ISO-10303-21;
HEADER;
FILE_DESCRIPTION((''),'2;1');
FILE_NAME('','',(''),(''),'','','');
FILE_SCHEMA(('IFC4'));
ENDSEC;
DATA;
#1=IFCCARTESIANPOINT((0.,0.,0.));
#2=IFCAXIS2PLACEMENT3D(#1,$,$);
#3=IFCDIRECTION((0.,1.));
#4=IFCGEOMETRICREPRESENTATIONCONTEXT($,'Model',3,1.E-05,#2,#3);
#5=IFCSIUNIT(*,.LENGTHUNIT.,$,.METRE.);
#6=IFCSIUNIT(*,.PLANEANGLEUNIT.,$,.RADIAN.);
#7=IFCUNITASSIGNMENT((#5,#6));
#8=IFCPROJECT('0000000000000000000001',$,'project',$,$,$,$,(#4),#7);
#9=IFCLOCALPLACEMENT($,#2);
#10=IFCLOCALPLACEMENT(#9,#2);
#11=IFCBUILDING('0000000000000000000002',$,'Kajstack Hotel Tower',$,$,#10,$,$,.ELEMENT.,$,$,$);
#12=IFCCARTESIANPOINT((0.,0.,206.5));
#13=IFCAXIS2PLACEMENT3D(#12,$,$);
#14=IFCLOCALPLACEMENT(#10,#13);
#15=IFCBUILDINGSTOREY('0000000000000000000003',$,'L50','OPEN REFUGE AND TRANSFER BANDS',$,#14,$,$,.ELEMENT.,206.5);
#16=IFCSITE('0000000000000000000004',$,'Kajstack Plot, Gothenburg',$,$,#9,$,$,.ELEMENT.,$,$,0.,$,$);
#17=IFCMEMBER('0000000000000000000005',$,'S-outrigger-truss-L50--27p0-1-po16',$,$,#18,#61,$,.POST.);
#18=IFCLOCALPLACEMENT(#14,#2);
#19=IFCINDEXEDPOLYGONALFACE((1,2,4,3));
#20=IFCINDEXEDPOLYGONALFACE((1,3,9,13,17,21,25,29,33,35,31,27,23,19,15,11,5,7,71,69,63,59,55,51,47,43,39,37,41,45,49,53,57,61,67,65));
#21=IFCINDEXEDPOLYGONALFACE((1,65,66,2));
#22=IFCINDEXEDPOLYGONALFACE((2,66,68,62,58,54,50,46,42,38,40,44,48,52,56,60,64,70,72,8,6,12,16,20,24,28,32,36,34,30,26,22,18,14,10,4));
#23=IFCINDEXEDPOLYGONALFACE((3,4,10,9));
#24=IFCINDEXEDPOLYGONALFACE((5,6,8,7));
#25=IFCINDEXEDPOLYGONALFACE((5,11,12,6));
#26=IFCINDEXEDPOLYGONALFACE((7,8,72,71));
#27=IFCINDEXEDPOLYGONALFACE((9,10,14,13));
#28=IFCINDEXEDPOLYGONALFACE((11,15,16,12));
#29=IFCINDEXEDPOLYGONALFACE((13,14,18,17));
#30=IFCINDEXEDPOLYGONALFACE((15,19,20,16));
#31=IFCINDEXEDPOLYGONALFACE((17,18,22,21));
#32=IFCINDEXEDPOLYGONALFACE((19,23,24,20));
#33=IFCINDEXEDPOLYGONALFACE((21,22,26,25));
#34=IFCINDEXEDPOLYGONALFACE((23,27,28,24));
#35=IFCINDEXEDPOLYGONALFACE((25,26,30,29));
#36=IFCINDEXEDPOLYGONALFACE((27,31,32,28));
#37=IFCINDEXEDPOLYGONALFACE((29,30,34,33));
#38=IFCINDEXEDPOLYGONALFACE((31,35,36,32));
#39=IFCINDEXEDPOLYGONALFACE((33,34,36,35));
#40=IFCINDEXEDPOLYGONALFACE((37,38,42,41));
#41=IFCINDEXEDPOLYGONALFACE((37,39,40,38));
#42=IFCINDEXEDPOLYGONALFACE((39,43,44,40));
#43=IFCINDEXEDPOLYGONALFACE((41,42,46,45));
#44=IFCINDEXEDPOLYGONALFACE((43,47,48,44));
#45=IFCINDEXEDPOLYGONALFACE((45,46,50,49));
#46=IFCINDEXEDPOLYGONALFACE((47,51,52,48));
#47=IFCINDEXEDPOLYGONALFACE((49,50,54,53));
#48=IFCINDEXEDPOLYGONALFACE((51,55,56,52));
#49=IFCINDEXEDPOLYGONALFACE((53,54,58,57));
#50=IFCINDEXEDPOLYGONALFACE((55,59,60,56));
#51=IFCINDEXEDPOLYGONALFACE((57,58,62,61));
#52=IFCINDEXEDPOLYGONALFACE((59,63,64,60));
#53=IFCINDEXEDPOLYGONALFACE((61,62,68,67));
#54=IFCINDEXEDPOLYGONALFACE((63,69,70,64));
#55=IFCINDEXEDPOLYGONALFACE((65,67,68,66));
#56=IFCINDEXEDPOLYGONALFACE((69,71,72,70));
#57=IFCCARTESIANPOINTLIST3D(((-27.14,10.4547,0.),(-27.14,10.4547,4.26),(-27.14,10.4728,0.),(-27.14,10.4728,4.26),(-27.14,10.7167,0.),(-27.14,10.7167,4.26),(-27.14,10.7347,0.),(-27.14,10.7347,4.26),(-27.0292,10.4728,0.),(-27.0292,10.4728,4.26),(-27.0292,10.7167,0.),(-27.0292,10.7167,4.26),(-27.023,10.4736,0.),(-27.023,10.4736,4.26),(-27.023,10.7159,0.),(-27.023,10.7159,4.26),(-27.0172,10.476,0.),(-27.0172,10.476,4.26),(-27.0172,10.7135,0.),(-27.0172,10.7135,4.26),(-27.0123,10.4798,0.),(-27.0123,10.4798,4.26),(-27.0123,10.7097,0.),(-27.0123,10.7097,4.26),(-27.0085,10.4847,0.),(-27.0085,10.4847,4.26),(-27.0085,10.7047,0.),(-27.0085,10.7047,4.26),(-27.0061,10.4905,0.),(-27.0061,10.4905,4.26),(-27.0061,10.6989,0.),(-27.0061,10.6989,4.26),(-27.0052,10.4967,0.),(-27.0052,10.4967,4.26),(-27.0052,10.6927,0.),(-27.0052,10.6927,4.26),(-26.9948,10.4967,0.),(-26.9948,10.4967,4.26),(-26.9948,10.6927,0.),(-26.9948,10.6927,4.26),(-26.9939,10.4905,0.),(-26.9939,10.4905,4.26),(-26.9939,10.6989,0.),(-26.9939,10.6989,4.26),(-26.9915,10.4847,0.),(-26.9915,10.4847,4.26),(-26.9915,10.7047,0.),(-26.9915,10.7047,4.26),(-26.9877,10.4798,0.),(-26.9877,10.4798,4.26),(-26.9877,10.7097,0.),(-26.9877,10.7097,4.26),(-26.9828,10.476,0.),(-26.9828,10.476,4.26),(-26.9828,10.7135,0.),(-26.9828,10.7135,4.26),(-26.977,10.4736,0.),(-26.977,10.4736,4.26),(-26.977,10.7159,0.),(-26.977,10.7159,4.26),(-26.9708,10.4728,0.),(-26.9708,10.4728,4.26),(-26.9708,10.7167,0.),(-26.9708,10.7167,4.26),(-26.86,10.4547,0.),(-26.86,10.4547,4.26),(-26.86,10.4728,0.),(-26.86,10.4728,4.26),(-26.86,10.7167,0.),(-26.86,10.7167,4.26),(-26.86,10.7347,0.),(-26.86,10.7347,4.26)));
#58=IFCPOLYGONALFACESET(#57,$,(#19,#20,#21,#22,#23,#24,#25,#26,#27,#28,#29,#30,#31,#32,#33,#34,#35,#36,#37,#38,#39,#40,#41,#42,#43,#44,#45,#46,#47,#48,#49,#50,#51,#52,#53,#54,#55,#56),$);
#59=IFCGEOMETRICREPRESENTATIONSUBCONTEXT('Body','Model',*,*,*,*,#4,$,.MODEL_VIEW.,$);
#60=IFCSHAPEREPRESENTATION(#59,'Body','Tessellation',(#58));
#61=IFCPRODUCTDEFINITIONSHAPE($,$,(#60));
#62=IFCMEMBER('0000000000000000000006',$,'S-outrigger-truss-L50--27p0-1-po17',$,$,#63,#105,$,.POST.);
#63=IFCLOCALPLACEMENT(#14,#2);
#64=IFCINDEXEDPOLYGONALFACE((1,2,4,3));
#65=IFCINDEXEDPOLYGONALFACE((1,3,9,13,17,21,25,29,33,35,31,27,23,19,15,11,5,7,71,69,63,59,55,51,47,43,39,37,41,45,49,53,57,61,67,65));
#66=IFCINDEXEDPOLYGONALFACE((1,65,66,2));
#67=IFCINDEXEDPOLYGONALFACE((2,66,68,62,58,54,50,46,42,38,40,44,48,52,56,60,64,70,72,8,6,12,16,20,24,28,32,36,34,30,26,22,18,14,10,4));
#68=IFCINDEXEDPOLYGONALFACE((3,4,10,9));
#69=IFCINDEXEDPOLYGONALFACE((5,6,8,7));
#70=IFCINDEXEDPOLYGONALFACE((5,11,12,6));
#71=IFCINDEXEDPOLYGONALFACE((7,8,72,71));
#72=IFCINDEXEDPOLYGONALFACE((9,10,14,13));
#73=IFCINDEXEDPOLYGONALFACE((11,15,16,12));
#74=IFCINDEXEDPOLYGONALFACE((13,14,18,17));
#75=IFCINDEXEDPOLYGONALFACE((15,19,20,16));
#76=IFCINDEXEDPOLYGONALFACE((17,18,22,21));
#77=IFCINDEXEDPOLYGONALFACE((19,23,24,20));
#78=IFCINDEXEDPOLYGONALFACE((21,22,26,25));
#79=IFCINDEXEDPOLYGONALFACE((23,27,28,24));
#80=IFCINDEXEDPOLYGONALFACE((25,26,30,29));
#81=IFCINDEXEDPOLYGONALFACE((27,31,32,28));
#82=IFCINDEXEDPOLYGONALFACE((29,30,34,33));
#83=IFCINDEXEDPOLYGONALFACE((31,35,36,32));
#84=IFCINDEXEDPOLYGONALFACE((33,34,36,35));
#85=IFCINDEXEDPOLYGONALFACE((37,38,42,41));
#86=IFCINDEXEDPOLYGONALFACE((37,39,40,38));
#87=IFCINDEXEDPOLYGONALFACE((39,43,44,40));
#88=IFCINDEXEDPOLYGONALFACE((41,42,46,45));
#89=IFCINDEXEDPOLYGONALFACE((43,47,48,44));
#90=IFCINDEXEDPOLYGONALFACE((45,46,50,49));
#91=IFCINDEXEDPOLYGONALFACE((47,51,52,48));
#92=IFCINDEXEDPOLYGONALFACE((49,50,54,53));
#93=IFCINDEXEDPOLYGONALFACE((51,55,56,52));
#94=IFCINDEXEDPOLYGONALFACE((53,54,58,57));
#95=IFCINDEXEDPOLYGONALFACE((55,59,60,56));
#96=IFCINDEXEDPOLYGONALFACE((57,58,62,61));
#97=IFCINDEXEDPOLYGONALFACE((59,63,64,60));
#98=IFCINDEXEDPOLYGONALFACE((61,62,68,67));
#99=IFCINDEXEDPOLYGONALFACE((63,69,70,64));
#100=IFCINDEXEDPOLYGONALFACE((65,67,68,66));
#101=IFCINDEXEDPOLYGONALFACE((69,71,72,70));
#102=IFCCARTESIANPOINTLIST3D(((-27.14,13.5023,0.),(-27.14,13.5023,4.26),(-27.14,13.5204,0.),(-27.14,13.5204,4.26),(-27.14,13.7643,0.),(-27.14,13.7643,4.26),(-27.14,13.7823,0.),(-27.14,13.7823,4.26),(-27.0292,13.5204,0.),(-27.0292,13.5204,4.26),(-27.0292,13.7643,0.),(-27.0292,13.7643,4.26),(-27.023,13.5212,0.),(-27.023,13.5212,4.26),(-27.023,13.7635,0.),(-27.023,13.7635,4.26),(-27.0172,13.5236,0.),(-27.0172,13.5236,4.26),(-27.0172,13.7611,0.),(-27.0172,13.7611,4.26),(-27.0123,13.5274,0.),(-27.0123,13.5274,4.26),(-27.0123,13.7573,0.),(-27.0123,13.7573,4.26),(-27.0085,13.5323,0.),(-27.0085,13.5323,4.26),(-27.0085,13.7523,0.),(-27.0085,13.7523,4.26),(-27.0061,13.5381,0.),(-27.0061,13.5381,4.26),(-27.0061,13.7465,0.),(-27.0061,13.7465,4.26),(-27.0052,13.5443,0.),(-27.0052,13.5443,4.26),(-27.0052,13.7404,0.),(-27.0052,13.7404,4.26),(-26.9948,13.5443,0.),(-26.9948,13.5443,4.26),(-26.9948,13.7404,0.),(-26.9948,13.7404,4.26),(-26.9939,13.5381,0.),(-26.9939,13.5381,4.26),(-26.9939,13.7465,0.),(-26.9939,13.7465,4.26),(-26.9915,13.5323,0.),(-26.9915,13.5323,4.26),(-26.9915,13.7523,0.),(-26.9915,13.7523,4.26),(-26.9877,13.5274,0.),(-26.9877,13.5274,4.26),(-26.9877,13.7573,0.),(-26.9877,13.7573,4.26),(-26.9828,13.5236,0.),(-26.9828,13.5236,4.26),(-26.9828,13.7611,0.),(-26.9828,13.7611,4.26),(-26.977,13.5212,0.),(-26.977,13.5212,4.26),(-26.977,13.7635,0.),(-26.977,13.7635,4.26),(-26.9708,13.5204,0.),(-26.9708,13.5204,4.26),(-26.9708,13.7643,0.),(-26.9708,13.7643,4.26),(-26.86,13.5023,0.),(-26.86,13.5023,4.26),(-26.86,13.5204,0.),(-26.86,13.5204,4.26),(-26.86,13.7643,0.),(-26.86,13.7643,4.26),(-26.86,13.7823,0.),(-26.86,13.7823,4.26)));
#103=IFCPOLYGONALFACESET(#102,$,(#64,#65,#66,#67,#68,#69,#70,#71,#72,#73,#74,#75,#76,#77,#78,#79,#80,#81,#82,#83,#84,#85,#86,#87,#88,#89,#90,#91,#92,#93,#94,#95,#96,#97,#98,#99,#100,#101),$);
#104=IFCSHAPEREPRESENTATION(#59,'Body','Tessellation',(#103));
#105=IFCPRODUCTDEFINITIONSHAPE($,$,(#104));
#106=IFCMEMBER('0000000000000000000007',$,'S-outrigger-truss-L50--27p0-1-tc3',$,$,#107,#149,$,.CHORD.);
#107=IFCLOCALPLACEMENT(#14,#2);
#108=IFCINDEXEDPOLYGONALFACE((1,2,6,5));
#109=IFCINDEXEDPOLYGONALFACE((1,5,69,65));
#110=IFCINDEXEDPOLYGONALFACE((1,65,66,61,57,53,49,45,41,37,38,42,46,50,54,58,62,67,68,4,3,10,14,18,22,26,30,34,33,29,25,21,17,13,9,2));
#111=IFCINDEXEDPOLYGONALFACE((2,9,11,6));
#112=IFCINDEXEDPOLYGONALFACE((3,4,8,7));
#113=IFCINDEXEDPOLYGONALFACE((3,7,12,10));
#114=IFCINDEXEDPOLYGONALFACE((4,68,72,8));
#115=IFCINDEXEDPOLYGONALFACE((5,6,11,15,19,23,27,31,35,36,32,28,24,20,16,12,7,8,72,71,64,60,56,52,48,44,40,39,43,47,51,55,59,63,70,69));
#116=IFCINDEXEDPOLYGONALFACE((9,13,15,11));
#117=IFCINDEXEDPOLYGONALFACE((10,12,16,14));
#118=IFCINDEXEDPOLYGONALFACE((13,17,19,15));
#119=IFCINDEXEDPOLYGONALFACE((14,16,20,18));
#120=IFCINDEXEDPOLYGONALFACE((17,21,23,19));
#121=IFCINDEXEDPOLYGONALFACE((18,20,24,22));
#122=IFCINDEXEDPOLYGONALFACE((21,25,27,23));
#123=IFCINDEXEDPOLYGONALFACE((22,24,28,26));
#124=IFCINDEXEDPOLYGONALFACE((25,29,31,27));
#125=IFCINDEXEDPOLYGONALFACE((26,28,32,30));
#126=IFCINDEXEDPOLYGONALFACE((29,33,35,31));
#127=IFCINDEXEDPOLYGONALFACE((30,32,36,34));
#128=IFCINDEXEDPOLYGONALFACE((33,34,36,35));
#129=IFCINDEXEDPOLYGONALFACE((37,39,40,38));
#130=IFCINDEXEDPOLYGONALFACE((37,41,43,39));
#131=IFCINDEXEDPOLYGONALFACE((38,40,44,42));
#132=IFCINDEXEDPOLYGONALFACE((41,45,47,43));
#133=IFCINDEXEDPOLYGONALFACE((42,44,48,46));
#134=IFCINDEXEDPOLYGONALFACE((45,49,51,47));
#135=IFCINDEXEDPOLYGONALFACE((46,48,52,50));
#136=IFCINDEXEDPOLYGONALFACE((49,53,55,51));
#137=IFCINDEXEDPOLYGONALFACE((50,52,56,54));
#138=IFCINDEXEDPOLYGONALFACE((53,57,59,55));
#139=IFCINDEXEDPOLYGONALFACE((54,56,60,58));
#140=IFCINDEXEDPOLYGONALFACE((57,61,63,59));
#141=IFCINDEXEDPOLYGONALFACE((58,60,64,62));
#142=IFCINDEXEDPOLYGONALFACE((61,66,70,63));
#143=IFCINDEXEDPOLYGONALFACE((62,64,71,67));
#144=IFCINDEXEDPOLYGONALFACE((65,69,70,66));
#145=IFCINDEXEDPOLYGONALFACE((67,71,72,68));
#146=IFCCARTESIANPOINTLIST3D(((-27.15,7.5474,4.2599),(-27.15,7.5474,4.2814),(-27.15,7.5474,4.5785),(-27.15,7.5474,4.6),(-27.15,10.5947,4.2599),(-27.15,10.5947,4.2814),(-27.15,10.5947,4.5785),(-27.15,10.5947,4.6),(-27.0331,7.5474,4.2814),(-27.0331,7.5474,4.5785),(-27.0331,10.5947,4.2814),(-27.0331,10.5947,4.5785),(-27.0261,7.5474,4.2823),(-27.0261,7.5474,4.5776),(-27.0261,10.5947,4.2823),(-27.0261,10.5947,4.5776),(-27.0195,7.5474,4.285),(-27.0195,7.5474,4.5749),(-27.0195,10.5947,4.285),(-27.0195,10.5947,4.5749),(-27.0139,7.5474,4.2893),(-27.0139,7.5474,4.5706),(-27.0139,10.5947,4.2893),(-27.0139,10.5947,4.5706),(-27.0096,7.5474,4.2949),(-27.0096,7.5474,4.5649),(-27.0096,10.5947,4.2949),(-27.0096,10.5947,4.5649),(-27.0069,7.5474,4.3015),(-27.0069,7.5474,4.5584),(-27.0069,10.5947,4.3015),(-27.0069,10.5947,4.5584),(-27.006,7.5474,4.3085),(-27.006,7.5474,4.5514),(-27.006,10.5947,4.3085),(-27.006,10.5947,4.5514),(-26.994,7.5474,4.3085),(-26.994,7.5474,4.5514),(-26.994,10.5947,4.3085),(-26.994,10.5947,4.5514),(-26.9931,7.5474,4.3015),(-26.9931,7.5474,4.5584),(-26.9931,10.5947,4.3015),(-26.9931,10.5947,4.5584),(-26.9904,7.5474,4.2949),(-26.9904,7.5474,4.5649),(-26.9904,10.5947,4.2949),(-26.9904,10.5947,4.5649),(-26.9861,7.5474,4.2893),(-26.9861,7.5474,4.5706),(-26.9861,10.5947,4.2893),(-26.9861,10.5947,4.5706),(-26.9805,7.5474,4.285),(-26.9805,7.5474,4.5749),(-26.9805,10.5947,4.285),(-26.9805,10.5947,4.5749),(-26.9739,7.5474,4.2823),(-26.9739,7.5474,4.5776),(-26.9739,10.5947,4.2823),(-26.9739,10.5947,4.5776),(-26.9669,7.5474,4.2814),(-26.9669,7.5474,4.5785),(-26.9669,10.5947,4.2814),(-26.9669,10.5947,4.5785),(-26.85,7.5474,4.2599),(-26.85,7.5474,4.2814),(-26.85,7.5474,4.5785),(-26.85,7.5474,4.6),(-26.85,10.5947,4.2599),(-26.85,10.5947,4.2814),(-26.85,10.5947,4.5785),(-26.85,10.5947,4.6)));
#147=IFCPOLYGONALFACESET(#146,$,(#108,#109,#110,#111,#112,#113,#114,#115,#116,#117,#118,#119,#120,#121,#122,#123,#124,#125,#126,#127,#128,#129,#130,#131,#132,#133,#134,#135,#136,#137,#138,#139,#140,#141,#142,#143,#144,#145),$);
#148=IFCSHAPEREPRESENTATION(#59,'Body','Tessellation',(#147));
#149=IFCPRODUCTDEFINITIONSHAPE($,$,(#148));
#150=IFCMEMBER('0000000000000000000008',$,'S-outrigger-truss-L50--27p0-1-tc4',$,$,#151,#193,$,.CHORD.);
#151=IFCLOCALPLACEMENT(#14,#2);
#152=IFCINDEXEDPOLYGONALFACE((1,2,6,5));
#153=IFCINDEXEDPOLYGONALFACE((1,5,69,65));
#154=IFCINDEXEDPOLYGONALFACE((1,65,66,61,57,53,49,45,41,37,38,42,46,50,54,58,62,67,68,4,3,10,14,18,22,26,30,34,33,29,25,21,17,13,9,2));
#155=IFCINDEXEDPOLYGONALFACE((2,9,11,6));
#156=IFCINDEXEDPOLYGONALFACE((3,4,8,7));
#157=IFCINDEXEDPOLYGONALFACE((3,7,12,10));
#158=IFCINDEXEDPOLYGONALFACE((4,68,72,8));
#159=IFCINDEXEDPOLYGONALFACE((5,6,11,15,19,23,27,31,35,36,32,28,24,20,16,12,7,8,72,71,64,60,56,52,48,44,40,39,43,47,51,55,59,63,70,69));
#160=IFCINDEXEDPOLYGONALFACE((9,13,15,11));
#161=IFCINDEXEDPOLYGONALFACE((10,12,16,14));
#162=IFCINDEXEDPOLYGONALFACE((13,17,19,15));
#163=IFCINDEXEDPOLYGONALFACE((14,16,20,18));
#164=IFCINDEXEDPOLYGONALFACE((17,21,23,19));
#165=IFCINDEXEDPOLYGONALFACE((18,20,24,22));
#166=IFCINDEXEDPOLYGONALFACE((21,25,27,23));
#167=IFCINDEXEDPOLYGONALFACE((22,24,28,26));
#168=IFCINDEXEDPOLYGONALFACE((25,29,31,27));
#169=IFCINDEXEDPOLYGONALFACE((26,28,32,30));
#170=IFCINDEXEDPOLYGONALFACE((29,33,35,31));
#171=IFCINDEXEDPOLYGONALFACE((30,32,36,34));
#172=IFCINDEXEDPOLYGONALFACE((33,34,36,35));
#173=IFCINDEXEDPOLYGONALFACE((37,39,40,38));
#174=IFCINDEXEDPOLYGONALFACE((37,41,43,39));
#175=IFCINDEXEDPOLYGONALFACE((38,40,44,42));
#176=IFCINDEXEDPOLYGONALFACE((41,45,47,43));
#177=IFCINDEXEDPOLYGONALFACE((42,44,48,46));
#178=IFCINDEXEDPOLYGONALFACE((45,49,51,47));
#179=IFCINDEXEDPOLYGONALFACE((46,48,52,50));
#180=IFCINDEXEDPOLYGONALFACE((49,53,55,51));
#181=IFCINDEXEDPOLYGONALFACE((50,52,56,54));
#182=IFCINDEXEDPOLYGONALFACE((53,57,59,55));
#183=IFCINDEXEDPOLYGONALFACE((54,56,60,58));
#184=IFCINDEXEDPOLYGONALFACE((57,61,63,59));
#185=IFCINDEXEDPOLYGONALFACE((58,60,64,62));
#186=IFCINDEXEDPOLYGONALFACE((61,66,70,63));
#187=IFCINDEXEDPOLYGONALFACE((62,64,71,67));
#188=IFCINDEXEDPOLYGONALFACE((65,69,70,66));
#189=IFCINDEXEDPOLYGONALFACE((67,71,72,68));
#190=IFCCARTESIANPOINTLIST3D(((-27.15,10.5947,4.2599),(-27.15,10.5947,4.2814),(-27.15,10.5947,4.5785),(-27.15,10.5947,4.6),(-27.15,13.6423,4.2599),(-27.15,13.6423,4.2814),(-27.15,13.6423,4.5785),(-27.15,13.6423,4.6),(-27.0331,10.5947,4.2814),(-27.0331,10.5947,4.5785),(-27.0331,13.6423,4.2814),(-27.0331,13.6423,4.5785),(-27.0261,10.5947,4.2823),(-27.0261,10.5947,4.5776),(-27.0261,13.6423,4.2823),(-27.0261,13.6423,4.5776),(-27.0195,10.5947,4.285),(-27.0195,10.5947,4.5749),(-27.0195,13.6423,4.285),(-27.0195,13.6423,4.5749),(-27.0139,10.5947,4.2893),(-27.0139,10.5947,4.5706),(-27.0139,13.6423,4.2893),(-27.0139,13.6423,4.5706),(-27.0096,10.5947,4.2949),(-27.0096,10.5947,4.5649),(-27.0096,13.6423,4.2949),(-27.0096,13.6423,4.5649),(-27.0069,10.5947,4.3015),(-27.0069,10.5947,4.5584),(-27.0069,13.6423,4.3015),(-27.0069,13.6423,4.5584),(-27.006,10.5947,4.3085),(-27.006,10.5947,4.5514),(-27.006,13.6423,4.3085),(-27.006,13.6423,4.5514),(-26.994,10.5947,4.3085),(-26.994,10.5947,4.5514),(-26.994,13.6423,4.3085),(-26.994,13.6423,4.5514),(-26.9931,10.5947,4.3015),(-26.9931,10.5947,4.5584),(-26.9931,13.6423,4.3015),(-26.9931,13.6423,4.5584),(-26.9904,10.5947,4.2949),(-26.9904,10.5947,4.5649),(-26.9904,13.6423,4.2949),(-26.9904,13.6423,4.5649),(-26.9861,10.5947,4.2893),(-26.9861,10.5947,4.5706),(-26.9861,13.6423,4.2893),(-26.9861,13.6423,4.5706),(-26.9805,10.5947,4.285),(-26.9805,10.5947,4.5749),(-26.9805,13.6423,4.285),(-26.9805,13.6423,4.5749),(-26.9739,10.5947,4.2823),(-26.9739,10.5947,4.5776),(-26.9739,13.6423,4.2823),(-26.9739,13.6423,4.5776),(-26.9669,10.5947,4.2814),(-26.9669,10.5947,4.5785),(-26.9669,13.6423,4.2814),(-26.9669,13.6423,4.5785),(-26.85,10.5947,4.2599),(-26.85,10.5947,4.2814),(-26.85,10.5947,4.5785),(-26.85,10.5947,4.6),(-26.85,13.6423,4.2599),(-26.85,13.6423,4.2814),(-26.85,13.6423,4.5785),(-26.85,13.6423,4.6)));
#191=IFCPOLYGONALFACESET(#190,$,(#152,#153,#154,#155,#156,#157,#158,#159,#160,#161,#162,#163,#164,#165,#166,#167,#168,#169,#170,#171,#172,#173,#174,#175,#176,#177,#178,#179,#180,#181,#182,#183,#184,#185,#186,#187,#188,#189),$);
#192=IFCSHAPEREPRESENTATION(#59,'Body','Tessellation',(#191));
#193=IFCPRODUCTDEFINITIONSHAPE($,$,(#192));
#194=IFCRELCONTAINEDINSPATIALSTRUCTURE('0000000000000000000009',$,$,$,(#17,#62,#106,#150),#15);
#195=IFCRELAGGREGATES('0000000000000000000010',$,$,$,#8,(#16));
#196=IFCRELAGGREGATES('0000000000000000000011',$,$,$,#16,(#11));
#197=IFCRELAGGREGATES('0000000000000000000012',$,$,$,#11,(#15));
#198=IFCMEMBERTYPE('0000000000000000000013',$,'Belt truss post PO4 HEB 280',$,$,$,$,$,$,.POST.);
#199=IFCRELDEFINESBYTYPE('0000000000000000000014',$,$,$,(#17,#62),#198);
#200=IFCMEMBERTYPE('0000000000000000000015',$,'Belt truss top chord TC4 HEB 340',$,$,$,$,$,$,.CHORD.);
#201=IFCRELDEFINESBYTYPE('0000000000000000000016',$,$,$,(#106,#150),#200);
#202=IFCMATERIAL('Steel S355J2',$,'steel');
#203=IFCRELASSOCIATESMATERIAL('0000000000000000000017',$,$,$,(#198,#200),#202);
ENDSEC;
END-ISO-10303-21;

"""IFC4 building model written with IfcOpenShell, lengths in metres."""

from ifc_helpers import new_model, si_unit, direction, frame, origin, origin_2d, place, context, subcontext, project, spatial, i_section, extrude, material, material_profile, profile_set, type_object, element, save


model = new_model("IFC4")

# Units and contexts
model_context = context("Model", 3, precision=1e-05, world=origin(), true_north=direction((0.0, 1.0)))
body_context = subcontext(model_context, "Body", "Model", "MODEL_VIEW")
ifc_project = project(units=[si_unit("LENGTHUNIT", "METRE"), si_unit("PLANEANGLEUNIT", "RADIAN")], contexts=[model_context])

# Site, building, storey
site_placement = place(None, origin())
site = spatial("IfcSite", under=ifc_project, at=site_placement, Name="Kajstack Plot, Gothenburg", CompositionType="ELEMENT", RefElevation=0.0)
building_placement = place(site_placement, origin())
building = spatial("IfcBuilding", under=site, at=building_placement, Name="Kajstack Hotel Tower", CompositionType="ELEMENT")
storey_placement = place(building_placement, frame((0.0, 0.0, 206.5)))
storey = spatial("IfcBuildingStorey", under=building, at=storey_placement, Name="L50", Description="OPEN REFUGE AND TRANSFER BANDS", CompositionType="ELEMENT", Elevation=206.5)

# Members
ifc_material_1 = material(Name="Steel S355J2", Category="steel")
ifc_material_profile_1 = material_profile(ifc_material_1, i_section(OverallWidth=0.28, OverallDepth=0.28, WebThickness=0.0105, FlangeThickness=0.0181, FilletRadius=0.0239, at=origin_2d()), Name="HEB 280")
ifc_profile_set_1 = profile_set([ifc_material_profile_1], Name="Steel S355J2")
member_type_1 = type_object("IfcMemberType", Name="Belt truss post PO4 HEB 280", PredefinedType="POST", material=ifc_profile_set_1)
for number, where, z_axis, x_axis, name in (
    (1, (-27.0, 10.5947, 0.0), (0.0, 0.0, 1.0), (1.0, 0.0, 0.0), "S-outrigger-truss-L50--27p0-1-po16"),
    (2, (-27.0, 13.6423, 0.0), (0.0, 0.0, 1.0), (1.0, 0.0, 0.0), "S-outrigger-truss-L50--27p0-1-po17"),
):
    element("IfcMember", number, at=place(storey_placement, frame(where, z_axis=z_axis, x_axis=x_axis)), inside=storey, type_object=member_type_1, Name=name, PredefinedType="POST", context=body_context, shape_type="SweptSolid", body=[
        extrude(i_section(OverallWidth=0.28, OverallDepth=0.28, WebThickness=0.0105, FlangeThickness=0.0181, FilletRadius=0.0239, at=origin_2d()), origin(), (0.0, 0.0, 1.0), 4.26),
    ])
ifc_material_profile_2 = material_profile(ifc_material_1, i_section(OverallWidth=0.3, OverallDepth=0.3401, WebThickness=0.012, FlangeThickness=0.0215, FilletRadius=0.0271, at=origin_2d()), Name="HEB 340")
ifc_profile_set_2 = profile_set([ifc_material_profile_2], Name="Steel S355J2")
member_type_2 = type_object("IfcMemberType", Name="Belt truss top chord TC4 HEB 340", PredefinedType="CHORD", material=ifc_profile_set_2)
member_1_placement = place(storey_placement, frame((-27.0, 7.5474, 4.4299), z_axis=(0.0, 1.0, 0.0), x_axis=(-1.0, 0.0, 0.0)))
element("IfcMember", 3, at=member_1_placement, inside=storey, type_object=member_type_2, Name="S-outrigger-truss-L50--27p0-1-tc3", PredefinedType="CHORD", context=body_context, shape_type="SweptSolid", body=[
    extrude(i_section(OverallWidth=0.3, OverallDepth=0.3401, WebThickness=0.012, FlangeThickness=0.0215, FilletRadius=0.0271, at=origin_2d()), origin(), (0.0, 0.0, 1.0), 3.0474),
])
member_2_placement = place(storey_placement, frame((-27.0, 10.5947, 4.4299), z_axis=(0.0, 1.0, 0.0), x_axis=(-1.0, 0.0, 0.0)))
element("IfcMember", 4, at=member_2_placement, inside=storey, type_object=member_type_2, Name="S-outrigger-truss-L50--27p0-1-tc4", PredefinedType="CHORD", context=body_context, shape_type="SweptSolid", body=[
    extrude(i_section(OverallWidth=0.3, OverallDepth=0.3401, WebThickness=0.012, FlangeThickness=0.0215, FilletRadius=0.0271, at=origin_2d()), origin(), (0.0, 0.0, 1.0), 3.0476),
])

save(model, "model.ifc")
